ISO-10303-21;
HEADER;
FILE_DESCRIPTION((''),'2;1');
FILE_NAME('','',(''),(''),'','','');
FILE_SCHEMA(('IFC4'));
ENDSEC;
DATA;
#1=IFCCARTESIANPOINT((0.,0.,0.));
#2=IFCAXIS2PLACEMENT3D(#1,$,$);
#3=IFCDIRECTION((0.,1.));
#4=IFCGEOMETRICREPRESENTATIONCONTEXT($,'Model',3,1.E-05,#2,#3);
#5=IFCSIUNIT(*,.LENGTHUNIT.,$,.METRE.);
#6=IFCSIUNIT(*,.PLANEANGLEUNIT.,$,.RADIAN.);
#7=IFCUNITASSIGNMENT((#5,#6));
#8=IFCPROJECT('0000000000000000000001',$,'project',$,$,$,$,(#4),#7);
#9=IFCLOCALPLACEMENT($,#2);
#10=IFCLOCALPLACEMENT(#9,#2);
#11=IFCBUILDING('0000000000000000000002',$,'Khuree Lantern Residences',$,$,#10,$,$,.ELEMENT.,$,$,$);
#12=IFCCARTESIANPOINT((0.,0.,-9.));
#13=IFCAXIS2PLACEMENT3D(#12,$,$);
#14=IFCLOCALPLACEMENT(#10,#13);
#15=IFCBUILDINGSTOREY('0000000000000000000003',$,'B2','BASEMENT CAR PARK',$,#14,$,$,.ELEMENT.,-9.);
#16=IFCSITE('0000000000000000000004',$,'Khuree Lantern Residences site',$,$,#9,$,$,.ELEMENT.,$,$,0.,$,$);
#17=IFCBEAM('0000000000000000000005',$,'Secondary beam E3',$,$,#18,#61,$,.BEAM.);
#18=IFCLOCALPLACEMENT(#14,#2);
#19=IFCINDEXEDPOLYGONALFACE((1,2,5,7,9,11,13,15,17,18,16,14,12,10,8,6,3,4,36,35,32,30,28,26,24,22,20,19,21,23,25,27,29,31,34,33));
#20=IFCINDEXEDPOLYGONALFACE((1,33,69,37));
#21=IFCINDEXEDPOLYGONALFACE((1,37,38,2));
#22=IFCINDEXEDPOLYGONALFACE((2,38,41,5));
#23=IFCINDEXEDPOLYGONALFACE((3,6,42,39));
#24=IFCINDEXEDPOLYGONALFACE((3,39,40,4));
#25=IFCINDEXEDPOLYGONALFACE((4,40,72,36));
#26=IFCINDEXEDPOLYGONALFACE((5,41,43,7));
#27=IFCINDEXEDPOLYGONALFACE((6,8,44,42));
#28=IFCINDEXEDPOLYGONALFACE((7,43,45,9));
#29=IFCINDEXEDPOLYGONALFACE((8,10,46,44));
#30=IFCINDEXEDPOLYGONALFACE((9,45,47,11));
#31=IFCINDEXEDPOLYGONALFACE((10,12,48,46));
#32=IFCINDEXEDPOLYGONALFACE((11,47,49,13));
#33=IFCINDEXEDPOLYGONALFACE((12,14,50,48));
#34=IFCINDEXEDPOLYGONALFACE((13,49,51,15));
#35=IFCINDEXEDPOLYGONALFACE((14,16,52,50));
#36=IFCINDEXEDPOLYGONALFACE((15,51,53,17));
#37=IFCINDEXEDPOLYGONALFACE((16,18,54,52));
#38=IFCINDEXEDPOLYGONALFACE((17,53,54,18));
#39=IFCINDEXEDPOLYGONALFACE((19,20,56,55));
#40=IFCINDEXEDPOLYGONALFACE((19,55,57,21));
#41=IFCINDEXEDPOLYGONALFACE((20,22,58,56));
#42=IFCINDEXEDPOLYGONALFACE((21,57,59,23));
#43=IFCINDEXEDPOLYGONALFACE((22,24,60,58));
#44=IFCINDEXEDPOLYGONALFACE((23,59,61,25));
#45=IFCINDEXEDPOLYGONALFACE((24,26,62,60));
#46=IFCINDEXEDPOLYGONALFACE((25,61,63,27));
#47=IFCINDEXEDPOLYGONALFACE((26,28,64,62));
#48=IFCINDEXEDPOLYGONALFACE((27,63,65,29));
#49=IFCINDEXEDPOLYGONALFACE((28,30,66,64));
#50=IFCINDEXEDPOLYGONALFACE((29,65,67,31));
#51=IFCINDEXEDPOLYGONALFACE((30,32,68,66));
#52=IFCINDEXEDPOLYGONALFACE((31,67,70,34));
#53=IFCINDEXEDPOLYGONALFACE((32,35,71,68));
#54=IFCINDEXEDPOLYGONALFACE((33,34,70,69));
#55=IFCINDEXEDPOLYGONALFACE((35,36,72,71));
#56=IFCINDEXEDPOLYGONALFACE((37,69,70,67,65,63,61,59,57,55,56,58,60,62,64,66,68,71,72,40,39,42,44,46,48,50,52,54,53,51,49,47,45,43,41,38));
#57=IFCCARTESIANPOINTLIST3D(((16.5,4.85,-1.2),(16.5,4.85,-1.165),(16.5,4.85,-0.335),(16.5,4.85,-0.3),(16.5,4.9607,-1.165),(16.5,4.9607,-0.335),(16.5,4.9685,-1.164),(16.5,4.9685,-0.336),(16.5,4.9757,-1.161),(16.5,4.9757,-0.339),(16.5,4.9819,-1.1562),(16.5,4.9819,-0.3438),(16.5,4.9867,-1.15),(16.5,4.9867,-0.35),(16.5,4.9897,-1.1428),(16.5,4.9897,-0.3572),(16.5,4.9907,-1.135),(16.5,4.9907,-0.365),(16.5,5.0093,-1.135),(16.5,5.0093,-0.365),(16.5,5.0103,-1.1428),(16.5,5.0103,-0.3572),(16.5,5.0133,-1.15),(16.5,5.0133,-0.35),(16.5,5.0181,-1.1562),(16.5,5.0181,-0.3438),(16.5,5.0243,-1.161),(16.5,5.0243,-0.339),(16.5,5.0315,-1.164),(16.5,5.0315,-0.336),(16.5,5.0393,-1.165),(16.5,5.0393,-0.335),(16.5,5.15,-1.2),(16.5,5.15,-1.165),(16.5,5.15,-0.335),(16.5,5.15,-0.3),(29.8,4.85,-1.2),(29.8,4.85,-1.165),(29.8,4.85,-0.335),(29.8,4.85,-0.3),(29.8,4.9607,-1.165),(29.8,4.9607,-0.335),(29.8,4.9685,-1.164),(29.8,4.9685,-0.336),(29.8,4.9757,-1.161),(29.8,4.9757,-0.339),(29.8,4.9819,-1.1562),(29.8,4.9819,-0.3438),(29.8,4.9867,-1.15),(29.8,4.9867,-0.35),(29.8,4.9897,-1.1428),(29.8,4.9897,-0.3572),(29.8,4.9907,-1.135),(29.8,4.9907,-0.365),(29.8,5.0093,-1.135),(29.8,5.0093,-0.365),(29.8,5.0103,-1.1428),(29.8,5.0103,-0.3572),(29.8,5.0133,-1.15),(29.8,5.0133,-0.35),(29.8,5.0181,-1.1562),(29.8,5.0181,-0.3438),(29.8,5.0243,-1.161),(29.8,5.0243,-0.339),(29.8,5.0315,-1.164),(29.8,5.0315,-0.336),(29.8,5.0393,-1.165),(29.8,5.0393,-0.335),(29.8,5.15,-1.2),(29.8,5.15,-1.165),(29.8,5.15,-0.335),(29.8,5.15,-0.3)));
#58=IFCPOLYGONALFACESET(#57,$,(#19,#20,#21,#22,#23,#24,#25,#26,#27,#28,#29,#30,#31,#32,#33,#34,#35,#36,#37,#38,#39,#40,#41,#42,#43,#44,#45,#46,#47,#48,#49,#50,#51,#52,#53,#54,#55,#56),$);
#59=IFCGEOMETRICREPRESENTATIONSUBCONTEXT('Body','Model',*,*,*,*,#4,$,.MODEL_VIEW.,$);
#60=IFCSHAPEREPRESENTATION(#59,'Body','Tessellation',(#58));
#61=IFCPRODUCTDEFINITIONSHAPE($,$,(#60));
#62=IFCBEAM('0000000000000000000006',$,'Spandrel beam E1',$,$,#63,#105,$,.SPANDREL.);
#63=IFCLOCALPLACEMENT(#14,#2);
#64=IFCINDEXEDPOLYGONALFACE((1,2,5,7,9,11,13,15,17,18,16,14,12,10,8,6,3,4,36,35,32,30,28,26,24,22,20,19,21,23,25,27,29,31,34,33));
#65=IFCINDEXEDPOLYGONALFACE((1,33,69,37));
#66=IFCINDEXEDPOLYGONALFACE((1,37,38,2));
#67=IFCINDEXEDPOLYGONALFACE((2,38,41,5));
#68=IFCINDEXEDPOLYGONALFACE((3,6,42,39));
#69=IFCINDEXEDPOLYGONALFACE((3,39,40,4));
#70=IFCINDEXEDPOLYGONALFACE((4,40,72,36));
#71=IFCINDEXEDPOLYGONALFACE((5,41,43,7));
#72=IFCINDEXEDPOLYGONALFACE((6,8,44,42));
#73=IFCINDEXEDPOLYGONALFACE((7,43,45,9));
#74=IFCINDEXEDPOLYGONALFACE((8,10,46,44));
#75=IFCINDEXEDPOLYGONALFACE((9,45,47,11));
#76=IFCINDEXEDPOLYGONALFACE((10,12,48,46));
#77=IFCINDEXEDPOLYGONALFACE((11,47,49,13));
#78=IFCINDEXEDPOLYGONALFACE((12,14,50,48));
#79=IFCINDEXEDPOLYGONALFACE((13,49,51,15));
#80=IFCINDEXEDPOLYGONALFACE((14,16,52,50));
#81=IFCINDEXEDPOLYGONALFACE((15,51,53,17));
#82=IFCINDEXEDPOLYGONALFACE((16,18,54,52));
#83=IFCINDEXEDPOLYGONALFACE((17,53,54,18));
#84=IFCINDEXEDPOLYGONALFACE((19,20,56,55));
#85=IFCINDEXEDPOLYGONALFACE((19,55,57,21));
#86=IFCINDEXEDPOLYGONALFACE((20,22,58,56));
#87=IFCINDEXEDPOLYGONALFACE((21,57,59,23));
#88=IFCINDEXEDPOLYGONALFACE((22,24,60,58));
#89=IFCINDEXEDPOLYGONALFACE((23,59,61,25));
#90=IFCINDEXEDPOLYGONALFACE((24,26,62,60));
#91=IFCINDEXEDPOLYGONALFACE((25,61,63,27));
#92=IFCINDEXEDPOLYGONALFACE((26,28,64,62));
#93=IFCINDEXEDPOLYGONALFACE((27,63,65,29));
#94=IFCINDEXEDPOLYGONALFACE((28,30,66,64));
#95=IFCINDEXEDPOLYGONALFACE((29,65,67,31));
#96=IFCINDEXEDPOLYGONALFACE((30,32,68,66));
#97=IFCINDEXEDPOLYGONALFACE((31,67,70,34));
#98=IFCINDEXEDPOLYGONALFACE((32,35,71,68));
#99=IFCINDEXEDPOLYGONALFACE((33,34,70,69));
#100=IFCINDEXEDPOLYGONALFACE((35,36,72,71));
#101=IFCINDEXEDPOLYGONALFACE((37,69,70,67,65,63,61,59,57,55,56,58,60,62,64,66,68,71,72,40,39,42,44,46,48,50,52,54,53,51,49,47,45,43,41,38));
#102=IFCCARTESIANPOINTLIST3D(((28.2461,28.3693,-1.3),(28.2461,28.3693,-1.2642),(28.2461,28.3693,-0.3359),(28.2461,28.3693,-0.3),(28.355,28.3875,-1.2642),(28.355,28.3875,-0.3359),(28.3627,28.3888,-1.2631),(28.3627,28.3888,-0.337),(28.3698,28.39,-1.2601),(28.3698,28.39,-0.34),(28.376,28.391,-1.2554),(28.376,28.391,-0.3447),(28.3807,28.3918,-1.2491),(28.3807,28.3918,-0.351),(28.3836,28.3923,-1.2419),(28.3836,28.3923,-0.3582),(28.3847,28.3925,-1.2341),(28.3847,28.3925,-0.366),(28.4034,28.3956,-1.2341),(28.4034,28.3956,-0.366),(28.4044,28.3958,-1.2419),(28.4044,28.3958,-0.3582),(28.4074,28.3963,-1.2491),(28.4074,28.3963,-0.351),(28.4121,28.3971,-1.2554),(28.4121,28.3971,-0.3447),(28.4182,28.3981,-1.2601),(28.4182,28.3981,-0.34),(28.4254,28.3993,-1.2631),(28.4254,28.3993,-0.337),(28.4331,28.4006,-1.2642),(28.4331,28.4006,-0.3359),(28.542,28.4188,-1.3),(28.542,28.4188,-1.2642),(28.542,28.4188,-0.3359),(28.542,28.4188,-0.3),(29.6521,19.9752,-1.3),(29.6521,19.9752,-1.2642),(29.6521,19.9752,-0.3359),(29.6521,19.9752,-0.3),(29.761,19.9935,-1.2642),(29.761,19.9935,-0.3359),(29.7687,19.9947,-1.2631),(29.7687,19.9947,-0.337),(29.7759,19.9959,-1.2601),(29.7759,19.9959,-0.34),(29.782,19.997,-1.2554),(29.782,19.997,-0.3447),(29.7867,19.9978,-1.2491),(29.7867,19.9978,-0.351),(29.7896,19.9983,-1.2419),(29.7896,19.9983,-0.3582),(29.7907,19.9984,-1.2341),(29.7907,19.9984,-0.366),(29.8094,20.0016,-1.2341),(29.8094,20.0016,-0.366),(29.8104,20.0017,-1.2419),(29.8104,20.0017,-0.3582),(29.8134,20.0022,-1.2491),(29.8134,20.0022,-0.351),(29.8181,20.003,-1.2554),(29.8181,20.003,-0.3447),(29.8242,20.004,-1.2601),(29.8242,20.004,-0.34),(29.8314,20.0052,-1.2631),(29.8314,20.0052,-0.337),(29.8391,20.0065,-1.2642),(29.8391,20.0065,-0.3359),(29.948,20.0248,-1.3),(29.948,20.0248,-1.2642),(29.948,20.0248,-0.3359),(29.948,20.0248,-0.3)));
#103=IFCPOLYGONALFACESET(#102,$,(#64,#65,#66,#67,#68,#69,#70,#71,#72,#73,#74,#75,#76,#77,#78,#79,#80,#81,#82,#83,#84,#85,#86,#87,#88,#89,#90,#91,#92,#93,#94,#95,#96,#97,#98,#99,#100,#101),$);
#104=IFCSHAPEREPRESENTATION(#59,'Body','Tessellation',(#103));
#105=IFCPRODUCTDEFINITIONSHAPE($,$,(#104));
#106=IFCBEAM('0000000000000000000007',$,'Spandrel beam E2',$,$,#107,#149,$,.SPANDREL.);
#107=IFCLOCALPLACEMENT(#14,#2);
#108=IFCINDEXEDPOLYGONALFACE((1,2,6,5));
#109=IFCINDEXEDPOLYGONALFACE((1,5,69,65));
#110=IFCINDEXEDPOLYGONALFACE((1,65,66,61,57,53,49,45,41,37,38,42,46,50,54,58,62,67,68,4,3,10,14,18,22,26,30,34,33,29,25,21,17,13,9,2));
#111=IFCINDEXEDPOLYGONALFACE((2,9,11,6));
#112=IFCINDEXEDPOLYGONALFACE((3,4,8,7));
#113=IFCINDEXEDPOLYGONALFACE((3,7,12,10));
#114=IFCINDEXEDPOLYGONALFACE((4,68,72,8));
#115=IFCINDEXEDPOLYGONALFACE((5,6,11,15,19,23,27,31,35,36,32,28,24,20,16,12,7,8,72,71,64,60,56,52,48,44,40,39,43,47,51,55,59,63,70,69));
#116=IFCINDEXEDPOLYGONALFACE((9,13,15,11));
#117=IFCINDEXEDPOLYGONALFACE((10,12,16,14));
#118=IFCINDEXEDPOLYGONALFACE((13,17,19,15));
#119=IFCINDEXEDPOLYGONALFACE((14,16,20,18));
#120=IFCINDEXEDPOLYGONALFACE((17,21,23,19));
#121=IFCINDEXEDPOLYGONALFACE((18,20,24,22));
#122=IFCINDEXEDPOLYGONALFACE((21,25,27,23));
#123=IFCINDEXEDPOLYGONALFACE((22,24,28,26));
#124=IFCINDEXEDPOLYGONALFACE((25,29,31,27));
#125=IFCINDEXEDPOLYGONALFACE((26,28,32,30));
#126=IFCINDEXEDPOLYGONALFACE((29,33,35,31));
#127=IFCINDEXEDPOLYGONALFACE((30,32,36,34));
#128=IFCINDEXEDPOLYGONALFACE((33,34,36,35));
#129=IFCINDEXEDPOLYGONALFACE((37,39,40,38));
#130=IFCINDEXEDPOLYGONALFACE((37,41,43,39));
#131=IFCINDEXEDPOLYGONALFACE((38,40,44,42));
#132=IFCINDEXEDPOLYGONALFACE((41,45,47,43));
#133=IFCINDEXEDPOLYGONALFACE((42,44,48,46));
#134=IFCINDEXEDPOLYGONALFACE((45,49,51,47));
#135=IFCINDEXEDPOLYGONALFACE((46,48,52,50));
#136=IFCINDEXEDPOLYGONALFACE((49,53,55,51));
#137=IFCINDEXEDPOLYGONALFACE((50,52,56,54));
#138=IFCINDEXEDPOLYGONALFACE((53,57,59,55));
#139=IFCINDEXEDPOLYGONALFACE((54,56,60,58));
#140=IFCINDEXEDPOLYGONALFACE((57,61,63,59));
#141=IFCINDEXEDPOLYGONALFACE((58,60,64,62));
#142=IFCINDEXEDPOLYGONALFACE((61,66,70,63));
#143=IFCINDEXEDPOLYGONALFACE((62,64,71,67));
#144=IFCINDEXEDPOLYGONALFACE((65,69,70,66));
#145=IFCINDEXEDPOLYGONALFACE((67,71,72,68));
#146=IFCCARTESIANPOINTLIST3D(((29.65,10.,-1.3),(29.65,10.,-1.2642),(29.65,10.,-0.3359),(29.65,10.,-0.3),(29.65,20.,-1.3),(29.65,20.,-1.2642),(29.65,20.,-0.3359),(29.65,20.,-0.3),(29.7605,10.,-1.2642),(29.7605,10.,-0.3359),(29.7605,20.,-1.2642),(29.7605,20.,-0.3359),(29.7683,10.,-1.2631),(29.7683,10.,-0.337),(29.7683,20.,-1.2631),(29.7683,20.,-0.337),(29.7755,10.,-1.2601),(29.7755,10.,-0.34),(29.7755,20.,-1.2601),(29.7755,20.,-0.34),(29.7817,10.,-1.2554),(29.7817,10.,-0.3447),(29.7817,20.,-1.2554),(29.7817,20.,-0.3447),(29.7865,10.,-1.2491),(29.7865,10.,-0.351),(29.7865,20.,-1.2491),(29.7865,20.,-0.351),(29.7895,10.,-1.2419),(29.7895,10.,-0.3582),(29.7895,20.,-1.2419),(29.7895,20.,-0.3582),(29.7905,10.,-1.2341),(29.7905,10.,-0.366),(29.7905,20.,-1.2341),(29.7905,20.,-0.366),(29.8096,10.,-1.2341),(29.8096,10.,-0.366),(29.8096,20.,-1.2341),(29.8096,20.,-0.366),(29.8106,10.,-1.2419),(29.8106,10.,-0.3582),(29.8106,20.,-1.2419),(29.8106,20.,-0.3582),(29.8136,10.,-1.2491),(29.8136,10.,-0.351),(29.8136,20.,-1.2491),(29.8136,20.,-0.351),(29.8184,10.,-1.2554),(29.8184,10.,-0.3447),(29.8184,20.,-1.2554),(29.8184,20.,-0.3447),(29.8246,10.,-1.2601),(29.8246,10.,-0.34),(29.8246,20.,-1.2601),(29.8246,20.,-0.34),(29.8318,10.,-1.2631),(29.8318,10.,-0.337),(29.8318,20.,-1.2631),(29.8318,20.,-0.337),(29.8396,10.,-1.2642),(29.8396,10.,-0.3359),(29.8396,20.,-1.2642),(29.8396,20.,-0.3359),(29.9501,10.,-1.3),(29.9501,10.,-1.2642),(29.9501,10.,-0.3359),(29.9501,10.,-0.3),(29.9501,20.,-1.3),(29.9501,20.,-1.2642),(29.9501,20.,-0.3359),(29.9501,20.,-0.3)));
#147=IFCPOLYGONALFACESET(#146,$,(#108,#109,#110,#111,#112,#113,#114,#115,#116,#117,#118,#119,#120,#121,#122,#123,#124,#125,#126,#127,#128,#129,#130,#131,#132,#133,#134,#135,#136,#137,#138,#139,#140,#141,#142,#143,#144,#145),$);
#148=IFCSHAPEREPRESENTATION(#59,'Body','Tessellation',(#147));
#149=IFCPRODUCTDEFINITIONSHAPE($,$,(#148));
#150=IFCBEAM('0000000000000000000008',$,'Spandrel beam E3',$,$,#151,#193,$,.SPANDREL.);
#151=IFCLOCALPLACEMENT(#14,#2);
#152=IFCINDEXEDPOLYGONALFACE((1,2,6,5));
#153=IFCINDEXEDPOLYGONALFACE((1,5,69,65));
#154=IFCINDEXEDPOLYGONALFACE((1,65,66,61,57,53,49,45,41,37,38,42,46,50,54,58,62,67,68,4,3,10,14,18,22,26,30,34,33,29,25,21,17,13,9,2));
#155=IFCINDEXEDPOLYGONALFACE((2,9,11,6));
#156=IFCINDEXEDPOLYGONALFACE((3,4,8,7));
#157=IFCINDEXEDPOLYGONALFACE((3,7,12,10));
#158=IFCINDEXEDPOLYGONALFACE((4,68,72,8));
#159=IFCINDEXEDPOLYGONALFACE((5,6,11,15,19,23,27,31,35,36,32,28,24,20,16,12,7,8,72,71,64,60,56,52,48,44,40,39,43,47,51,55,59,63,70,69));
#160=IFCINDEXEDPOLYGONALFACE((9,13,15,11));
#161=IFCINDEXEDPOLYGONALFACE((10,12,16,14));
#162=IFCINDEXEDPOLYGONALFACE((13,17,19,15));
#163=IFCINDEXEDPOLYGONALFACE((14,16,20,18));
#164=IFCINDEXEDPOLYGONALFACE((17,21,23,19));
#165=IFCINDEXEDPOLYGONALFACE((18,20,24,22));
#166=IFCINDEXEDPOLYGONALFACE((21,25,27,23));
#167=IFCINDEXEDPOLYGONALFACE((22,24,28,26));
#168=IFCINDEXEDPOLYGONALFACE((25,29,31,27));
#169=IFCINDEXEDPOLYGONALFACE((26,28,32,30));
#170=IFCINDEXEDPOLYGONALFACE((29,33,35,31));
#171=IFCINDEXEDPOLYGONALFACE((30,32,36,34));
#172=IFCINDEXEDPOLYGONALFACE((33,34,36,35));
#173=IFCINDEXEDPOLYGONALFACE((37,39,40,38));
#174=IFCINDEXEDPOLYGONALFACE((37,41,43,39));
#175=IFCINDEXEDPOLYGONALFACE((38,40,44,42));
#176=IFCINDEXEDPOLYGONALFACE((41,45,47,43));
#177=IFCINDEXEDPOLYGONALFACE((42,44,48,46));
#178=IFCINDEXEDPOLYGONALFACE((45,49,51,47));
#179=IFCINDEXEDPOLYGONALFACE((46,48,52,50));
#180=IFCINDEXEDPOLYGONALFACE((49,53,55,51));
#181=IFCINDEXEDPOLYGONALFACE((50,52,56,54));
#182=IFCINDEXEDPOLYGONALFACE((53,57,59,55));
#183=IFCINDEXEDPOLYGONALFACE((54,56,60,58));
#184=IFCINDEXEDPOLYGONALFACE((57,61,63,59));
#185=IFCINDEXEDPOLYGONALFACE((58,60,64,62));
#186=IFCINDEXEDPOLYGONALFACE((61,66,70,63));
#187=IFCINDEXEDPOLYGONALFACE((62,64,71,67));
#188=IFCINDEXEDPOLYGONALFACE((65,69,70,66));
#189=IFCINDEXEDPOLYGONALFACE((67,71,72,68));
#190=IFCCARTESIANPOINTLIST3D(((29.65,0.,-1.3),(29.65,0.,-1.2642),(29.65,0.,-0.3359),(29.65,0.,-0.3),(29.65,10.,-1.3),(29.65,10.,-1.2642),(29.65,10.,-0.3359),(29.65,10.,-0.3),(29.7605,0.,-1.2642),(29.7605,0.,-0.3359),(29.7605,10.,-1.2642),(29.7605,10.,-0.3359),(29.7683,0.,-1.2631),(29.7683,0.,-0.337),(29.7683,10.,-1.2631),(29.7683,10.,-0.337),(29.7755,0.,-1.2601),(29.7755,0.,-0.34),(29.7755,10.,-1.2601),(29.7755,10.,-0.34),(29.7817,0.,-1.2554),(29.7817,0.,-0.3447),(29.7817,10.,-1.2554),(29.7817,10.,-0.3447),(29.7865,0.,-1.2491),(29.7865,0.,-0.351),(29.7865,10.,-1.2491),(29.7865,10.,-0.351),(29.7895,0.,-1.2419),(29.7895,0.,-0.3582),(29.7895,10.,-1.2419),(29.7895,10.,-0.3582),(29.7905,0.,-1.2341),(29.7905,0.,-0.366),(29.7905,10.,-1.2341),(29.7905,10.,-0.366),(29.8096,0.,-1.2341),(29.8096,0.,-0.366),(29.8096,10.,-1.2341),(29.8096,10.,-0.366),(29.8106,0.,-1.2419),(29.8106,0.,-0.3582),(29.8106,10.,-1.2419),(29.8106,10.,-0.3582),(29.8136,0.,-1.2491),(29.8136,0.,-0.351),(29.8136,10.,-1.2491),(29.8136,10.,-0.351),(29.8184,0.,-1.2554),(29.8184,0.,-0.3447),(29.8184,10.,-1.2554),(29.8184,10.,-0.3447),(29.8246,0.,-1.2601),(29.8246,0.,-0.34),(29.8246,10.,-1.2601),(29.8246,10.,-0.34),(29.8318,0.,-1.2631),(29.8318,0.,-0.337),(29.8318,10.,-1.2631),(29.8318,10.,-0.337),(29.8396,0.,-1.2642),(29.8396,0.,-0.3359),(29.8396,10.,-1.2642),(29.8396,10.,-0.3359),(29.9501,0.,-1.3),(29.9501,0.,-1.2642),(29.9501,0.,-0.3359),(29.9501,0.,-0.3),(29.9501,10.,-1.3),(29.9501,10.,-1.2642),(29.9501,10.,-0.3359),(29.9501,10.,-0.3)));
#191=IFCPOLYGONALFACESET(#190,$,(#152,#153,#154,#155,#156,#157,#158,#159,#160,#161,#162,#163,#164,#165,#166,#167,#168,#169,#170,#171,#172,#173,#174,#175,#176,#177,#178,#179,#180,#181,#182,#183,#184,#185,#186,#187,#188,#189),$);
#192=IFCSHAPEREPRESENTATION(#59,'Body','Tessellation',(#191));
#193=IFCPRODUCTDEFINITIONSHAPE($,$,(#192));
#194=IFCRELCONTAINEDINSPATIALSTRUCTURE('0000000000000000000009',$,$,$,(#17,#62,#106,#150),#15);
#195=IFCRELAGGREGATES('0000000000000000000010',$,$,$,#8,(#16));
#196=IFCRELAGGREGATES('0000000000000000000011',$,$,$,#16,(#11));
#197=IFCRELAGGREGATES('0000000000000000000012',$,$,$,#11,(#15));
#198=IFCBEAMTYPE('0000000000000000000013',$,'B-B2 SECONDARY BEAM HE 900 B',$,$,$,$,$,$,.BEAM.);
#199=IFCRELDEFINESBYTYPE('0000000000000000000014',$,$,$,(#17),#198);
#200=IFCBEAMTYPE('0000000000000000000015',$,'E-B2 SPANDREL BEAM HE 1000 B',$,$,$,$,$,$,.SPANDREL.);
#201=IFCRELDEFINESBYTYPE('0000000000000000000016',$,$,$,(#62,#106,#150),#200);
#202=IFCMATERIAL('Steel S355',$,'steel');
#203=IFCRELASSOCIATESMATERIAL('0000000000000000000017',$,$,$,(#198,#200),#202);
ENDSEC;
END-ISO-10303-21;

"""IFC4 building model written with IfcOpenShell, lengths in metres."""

from ifc_helpers import new_model, si_unit, direction, frame, origin, origin_2d, place, context, subcontext, project, spatial, i_section, extrude, material, material_profile, profile_set, type_object, element, save


model = new_model("IFC4")

# Units and contexts
model_context = context("Model", 3, precision=1e-05, world=origin(), true_north=direction((0.0, 1.0)))
body_context = subcontext(model_context, "Body", "Model", "MODEL_VIEW")
ifc_project = project(units=[si_unit("LENGTHUNIT", "METRE"), si_unit("PLANEANGLEUNIT", "RADIAN")], contexts=[model_context])

# Site, building, storey
site_placement = place(None, origin())
site = spatial("IfcSite", under=ifc_project, at=site_placement, Name="Khuree Lantern Residences site", CompositionType="ELEMENT", RefElevation=0.0)
building_placement = place(site_placement, origin())
building = spatial("IfcBuilding", under=site, at=building_placement, Name="Khuree Lantern Residences", CompositionType="ELEMENT")
storey_placement = place(building_placement, frame((0.0, 0.0, -9.0)))
storey = spatial("IfcBuildingStorey", under=building, at=storey_placement, Name="B2", Description="BASEMENT CAR PARK", CompositionType="ELEMENT", Elevation=-9.0)

# Beams
ifc_material_1 = material(Name="Steel S355", Category="steel")
ifc_material_profile_1 = material_profile(ifc_material_1, i_section(OverallWidth=0.3, OverallDepth=0.8999, WebThickness=0.0186, FlangeThickness=0.0349, FilletRadius=0.03, at=origin_2d()), Name="HE 900 B")
ifc_profile_set_1 = profile_set([ifc_material_profile_1], Name="Steel S355")
beam_type_1 = type_object("IfcBeamType", Name="B-B2 SECONDARY BEAM HE 900 B", PredefinedType="BEAM", material=ifc_profile_set_1)
for number, where, z_axis, x_axis, name in (
    (1, (29.8, 5.0, -0.75), (-1.0, 0.0, 0.0), (0.0, -1.0, 0.0), "Secondary beam E3"),
):
    element("IfcBeam", number, at=place(storey_placement, frame(where, z_axis=z_axis, x_axis=x_axis)), inside=storey, type_object=beam_type_1, Name=name, PredefinedType="BEAM", context=body_context, shape_type="SweptSolid", body=[
        extrude(i_section(OverallWidth=0.3, OverallDepth=0.8999, WebThickness=0.0186, FlangeThickness=0.0349, FilletRadius=0.03, at=origin_2d()), origin(), (0.0, 0.0, 1.0), 13.3),
    ])
ifc_material_profile_2 = material_profile(ifc_material_1, i_section(OverallWidth=0.3, OverallDepth=1.0, WebThickness=0.019, FlangeThickness=0.0359, FilletRadius=0.03, at=origin_2d()), Name="HE 1000 B")
ifc_profile_set_2 = profile_set([ifc_material_profile_2], Name="Steel S355")
beam_type_2 = type_object("IfcBeamType", Name="E-B2 SPANDREL BEAM HE 1000 B", PredefinedType="SPANDREL", material=ifc_profile_set_2)
beam_1_placement = place(storey_placement, frame((28.394, 28.394, -0.8), z_axis=(0.165199, -0.98626, 0.0), x_axis=(0.98626, 0.165199, 0.0)))
element("IfcBeam", 2, at=beam_1_placement, inside=storey, type_object=beam_type_2, Name="Spandrel beam E1", PredefinedType="SPANDREL", context=body_context, shape_type="SweptSolid", body=[
    extrude(i_section(OverallWidth=0.3, OverallDepth=1.0, WebThickness=0.019, FlangeThickness=0.0359, FilletRadius=0.03, at=origin_2d()), origin(), (0.0, 0.0, 1.0), 8.511),
])
for number, where, z_axis, x_axis, name in (
    (3, (29.8, 20.0, -0.8), (0.0, -1.0, 0.0), (1.0, 0.0, 0.0), "Spandrel beam E2"),
    (4, (29.8, 10.0, -0.8), (0.0, -1.0, 0.0), (1.0, 0.0, 0.0), "Spandrel beam E3"),
):
    element("IfcBeam", number, at=place(storey_placement, frame(where, z_axis=z_axis, x_axis=x_axis)), inside=storey, type_object=beam_type_2, Name=name, PredefinedType="SPANDREL", context=body_context, shape_type="SweptSolid", body=[
        extrude(i_section(OverallWidth=0.3, OverallDepth=1.0, WebThickness=0.019, FlangeThickness=0.0359, FilletRadius=0.03, at=origin_2d()), origin(), (0.0, 0.0, 1.0), 10.0),
    ])

save(model, "model.ifc")
